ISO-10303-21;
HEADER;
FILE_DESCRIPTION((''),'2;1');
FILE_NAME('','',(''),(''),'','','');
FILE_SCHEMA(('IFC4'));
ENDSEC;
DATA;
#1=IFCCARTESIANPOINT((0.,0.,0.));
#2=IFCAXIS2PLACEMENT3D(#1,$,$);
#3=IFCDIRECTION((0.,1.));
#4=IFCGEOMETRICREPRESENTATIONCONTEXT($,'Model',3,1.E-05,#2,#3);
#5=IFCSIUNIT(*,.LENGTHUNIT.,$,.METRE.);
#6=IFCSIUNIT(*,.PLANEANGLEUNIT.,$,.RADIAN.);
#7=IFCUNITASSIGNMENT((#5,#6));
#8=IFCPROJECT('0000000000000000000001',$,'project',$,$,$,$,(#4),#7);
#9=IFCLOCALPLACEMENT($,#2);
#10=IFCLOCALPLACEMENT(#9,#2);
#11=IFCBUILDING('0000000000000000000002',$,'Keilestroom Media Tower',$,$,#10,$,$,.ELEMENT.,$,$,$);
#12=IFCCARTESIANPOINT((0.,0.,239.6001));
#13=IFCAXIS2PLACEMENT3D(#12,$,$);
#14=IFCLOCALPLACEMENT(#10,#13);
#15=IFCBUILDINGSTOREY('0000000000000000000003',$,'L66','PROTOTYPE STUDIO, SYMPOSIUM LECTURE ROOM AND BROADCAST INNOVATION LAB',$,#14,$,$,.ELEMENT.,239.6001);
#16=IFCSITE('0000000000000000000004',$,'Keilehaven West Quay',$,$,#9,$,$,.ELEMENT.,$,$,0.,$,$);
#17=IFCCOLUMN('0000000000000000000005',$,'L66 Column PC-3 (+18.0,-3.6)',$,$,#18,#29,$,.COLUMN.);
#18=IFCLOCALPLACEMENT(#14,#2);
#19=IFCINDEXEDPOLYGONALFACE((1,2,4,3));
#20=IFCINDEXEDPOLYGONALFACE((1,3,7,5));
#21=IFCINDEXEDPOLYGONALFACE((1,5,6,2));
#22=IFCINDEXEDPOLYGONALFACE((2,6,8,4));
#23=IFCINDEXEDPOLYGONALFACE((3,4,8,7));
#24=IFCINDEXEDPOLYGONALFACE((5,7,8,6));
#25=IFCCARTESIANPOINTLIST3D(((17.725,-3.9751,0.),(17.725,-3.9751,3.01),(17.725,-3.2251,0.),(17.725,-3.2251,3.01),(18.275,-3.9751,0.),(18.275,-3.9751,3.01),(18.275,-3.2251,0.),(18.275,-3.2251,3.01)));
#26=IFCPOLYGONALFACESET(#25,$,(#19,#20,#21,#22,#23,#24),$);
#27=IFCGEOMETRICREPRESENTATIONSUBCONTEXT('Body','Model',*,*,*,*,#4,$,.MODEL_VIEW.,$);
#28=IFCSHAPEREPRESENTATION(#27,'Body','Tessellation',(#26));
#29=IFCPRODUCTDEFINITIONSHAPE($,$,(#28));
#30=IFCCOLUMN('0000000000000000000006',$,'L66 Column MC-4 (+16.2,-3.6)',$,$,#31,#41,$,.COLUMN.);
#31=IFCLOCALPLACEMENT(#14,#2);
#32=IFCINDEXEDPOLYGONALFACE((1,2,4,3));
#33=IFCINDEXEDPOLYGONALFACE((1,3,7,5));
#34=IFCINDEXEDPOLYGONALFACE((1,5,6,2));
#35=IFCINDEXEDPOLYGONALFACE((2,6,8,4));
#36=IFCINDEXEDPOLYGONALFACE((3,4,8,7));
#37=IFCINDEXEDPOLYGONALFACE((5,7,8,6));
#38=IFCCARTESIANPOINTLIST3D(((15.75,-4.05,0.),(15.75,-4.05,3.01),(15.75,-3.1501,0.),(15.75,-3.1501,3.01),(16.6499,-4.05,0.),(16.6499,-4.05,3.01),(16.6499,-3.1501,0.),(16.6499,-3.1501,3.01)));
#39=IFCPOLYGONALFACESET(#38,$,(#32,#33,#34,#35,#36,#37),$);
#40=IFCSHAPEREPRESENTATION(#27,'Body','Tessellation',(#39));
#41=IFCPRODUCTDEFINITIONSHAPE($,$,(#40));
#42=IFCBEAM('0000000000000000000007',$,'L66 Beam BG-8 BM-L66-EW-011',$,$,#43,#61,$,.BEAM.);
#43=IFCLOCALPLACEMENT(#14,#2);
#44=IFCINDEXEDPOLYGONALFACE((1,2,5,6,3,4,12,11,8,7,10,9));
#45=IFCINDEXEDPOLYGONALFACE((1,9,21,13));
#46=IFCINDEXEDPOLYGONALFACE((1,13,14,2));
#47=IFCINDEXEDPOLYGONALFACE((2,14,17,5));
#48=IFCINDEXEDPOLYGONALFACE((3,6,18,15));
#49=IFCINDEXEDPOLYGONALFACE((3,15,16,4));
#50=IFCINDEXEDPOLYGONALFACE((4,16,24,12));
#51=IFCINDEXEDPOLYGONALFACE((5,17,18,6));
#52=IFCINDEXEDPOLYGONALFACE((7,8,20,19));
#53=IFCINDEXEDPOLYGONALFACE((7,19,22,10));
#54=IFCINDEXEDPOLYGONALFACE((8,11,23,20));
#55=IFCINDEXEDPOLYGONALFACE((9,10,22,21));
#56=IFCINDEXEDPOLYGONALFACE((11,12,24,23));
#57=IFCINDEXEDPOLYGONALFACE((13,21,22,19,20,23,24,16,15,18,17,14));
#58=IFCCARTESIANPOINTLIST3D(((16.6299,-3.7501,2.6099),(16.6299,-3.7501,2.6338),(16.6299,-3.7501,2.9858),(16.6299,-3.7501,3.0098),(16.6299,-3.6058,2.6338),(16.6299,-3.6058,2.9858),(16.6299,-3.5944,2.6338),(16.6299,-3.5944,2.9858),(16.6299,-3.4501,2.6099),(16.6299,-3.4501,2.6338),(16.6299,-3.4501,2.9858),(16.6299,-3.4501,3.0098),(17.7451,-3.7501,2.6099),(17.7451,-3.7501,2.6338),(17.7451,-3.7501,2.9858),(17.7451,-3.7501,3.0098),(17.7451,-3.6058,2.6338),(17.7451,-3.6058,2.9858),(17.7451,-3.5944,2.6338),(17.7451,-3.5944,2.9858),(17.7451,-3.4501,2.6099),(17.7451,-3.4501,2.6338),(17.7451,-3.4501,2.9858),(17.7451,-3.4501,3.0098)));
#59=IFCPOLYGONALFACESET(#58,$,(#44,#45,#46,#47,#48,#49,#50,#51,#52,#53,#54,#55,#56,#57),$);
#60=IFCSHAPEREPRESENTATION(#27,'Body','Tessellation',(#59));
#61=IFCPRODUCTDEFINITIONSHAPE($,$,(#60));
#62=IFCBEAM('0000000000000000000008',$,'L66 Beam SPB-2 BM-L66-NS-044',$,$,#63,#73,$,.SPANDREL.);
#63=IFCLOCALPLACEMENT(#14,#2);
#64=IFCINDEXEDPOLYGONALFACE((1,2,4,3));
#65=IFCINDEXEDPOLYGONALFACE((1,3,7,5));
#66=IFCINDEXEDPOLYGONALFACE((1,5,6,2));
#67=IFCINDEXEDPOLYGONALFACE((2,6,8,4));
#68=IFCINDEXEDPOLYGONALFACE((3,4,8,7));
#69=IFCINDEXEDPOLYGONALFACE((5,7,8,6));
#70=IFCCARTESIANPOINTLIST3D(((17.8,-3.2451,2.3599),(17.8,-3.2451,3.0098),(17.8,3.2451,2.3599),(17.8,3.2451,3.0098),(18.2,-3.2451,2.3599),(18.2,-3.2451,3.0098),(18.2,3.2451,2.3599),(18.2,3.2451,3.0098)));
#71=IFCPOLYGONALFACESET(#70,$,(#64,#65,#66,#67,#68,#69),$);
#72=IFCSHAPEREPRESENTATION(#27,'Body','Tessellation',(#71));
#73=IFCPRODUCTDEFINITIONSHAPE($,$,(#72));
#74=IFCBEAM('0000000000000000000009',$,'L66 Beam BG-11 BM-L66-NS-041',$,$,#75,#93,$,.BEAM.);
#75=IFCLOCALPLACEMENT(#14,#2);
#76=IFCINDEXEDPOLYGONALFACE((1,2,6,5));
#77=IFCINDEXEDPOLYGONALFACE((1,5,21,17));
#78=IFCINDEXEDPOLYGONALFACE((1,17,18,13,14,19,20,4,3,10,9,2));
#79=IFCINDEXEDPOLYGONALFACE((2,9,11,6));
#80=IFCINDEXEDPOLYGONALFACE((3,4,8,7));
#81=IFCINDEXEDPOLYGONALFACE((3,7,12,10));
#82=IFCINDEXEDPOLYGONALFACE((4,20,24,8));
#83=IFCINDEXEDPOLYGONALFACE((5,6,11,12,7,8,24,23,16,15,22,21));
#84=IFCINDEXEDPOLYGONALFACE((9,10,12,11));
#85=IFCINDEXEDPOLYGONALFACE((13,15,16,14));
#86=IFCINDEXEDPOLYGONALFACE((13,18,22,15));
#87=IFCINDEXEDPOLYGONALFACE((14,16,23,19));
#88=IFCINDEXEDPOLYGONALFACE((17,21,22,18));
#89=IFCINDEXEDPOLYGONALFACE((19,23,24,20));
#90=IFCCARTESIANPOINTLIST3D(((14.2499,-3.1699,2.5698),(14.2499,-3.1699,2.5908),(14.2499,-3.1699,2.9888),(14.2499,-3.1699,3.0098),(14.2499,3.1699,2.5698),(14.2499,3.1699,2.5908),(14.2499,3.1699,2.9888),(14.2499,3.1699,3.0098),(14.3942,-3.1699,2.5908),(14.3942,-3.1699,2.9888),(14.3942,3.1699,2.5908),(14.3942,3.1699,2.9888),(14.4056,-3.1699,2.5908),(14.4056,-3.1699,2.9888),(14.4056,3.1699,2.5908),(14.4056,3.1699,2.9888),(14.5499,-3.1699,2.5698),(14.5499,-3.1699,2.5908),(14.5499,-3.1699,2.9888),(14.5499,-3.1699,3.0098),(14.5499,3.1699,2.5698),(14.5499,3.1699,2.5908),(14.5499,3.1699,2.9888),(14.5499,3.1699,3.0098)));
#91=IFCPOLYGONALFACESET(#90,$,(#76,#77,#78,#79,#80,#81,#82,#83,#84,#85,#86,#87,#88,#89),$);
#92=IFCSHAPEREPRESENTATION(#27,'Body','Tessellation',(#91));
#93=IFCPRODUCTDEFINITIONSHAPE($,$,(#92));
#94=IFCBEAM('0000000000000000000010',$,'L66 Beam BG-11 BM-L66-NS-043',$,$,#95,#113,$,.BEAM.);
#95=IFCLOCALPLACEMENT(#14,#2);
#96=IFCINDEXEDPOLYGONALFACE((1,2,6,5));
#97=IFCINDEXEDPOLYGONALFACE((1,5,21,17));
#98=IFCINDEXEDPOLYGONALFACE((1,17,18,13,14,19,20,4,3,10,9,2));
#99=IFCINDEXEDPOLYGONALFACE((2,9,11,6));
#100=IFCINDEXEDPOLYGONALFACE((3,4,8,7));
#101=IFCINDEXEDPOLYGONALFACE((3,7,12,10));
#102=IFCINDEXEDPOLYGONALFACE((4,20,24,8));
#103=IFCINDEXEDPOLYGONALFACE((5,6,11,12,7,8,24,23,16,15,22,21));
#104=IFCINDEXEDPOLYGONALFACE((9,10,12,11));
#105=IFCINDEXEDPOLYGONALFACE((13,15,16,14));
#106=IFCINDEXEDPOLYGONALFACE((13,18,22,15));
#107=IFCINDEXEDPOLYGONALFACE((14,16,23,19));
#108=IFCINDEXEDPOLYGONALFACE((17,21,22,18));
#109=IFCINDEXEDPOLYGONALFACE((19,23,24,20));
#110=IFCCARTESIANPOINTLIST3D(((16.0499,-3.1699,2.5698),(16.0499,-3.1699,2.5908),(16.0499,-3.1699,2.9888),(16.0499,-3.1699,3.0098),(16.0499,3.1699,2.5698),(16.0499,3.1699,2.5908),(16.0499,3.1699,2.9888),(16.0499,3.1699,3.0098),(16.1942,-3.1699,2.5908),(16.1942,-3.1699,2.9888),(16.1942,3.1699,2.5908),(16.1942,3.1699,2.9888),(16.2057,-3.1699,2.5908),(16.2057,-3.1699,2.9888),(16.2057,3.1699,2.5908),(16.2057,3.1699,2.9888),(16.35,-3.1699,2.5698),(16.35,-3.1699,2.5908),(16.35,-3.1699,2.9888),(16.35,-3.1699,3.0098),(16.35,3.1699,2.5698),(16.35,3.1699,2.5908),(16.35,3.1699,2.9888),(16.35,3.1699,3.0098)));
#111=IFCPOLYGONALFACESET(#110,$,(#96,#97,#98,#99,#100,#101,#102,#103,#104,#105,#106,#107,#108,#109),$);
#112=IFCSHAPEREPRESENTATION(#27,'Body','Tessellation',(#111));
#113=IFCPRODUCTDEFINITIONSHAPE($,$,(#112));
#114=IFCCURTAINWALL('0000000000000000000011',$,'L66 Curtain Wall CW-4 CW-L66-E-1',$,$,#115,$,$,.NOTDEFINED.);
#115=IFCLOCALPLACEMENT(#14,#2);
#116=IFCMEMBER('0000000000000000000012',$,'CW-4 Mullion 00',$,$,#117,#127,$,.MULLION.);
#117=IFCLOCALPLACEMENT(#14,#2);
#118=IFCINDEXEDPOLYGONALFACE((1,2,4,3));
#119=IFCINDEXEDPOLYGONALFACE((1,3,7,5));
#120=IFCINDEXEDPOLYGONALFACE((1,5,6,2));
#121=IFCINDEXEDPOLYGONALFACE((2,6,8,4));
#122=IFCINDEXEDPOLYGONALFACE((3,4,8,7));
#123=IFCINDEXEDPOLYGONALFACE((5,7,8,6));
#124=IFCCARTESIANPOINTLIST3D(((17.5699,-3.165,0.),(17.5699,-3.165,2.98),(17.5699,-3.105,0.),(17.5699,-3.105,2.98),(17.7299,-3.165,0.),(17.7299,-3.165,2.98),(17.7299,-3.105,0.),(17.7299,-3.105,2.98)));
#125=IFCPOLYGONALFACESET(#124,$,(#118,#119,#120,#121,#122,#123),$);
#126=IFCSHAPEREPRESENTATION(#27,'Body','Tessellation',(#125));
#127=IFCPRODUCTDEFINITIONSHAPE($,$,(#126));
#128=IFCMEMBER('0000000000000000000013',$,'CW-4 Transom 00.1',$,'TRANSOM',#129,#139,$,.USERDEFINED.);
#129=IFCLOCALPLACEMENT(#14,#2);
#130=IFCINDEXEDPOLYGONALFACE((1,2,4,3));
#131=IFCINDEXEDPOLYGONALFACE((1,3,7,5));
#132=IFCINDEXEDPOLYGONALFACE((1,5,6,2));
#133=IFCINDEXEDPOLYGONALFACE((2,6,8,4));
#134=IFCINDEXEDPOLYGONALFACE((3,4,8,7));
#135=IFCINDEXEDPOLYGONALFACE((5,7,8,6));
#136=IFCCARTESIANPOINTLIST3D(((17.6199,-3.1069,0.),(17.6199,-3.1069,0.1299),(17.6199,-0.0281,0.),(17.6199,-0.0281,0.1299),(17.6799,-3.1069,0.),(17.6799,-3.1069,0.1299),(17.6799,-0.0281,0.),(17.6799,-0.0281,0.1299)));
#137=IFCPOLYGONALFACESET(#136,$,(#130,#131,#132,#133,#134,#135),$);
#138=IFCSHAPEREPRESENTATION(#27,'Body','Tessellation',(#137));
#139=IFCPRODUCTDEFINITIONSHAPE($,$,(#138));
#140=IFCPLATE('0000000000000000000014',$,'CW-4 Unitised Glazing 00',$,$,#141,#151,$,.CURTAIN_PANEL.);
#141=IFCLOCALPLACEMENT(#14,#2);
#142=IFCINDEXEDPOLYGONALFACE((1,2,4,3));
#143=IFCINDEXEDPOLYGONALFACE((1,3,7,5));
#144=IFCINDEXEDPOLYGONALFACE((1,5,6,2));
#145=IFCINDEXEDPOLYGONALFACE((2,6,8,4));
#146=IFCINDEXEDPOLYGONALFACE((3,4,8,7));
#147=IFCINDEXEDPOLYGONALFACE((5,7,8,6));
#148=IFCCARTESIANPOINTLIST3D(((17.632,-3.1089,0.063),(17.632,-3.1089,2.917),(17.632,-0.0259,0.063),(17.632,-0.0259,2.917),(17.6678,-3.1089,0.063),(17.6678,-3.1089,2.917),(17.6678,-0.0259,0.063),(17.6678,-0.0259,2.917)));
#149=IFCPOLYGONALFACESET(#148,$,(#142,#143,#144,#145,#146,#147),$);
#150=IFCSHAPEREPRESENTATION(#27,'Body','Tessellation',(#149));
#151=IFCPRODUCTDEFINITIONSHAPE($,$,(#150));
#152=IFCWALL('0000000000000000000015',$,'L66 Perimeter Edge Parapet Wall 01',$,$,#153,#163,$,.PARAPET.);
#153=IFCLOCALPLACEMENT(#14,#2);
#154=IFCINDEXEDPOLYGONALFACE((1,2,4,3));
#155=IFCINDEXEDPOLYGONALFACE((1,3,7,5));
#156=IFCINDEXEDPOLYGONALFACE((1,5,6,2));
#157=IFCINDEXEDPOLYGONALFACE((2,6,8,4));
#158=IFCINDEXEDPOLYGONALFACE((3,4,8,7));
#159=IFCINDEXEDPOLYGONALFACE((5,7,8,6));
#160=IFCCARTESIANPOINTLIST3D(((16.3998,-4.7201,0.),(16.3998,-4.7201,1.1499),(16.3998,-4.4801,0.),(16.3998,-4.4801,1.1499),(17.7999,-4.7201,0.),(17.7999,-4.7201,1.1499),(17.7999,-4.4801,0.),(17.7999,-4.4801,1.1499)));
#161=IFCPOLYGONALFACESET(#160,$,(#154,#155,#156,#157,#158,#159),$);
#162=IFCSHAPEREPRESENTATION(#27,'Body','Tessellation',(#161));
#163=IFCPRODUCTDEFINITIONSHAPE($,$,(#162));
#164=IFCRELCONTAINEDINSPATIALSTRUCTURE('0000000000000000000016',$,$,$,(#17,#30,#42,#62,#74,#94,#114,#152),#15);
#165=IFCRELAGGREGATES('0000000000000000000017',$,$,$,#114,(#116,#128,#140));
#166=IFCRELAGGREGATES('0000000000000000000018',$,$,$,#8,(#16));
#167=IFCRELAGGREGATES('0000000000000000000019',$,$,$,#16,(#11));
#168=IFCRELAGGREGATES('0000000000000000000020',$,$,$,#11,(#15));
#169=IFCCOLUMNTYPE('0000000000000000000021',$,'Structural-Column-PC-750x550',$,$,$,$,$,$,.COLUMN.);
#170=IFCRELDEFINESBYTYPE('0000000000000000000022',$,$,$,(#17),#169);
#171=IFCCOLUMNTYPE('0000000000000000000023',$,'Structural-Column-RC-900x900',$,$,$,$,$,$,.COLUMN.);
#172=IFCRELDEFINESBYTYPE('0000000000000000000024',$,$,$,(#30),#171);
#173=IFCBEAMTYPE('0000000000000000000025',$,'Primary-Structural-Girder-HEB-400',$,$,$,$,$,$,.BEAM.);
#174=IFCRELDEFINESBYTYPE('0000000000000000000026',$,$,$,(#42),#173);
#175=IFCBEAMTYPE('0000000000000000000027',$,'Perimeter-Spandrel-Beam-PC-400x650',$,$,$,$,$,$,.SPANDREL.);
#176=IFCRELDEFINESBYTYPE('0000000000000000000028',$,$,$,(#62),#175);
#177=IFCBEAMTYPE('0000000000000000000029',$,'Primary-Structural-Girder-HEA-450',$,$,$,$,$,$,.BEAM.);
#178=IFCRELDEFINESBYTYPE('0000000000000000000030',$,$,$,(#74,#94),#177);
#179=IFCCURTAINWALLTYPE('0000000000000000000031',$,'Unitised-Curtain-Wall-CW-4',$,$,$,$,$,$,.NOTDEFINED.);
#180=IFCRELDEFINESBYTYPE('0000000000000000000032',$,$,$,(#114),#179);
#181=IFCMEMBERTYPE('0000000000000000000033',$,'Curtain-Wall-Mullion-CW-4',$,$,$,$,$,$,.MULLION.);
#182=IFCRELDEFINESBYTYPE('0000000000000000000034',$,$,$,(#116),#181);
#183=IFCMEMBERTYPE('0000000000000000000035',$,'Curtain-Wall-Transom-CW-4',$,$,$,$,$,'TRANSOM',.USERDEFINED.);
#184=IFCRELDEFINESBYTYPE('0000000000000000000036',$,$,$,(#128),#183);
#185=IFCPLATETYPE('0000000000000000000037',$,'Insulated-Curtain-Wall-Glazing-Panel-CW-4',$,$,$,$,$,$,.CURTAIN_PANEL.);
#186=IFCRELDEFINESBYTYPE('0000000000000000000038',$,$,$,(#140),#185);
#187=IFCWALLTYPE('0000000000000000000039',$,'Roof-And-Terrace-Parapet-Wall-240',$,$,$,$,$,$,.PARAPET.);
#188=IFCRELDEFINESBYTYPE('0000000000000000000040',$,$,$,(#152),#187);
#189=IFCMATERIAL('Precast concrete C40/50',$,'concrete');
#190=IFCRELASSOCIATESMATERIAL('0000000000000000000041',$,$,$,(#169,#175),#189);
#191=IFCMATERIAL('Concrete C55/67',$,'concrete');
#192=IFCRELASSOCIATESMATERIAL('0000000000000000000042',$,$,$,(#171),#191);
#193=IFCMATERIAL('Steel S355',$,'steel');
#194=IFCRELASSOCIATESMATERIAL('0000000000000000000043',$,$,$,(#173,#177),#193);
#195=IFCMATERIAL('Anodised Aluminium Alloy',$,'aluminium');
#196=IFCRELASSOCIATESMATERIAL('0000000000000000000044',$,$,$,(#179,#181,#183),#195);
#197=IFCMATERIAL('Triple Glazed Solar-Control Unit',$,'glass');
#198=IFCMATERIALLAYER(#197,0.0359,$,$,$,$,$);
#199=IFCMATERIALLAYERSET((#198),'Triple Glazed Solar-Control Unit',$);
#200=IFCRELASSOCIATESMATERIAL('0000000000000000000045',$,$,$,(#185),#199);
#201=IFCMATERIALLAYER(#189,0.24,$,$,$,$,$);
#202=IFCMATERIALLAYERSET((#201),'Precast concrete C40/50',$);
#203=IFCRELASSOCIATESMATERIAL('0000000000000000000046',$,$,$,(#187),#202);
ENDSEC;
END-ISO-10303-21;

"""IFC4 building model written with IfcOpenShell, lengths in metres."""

from ifc_helpers import new_model, si_unit, direction, frame, frame_2d, origin, origin_2d, place, context, subcontext, project, spatial, rectangle, i_section, extrude, source, transform, mapped, material, layer, layer_set, material_profile, profile_set, type_object, element, aggregate, save


model = new_model("IFC4")

# Units and contexts
model_context = context("Model", 3, precision=1e-05, world=origin(), true_north=direction((0.0, 1.0)))
body_context = subcontext(model_context, "Body", "Model", "MODEL_VIEW")
ifc_project = project(units=[si_unit("LENGTHUNIT", "METRE"), si_unit("PLANEANGLEUNIT", "RADIAN")], contexts=[model_context])

# Site, building, storey
site_placement = place(None, origin())
site = spatial("IfcSite", under=ifc_project, at=site_placement, Name="Keilehaven West Quay", CompositionType="ELEMENT", RefElevation=0.0)
building_placement = place(site_placement, origin())
building = spatial("IfcBuilding", under=site, at=building_placement, Name="Keilestroom Media Tower", CompositionType="ELEMENT")
storey_placement = place(building_placement, frame((0.0, 0.0, 239.6001)))
storey = spatial("IfcBuildingStorey", under=building, at=storey_placement, Name="L66", Description="PROTOTYPE STUDIO, SYMPOSIUM LECTURE ROOM AND BROADCAST INNOVATION LAB", CompositionType="ELEMENT", Elevation=239.6001)

# Columns
ifc_material_1 = material(Name="Precast concrete C40/50", Category="concrete")
ifc_material_profile_1 = material_profile(ifc_material_1, rectangle(XDim=0.55, YDim=0.75, at=origin_2d()), Name="PC 750x550")
ifc_profile_set_1 = profile_set([ifc_material_profile_1], Name="Precast concrete C40/50")
column_type_1 = type_object("IfcColumnType", Name="Structural-Column-PC-750x550", PredefinedType="COLUMN", material=ifc_profile_set_1)
shared_shape_1 = source(origin(), body_context, "Body", "SweptSolid", [
    extrude(rectangle(XDim=0.55, YDim=0.75, at=origin_2d()), origin(), (0.0, 0.0, 1.0), 3.01),
])
column_1_placement = place(storey_placement, frame((18.0, -3.6001, 0.0), z_axis=(0.0, 0.0, 1.0), x_axis=(1.0, 0.0, 0.0)))
element("IfcColumn", 1, at=column_1_placement, inside=storey, type_object=column_type_1, Name="L66 Column PC-3 (+18.0,-3.6)", PredefinedType="COLUMN", context=body_context, shape_type="MappedRepresentation", body=[
    mapped(shared_shape_1, transform((0.0, 0.0, 0.0), x_axis=(1.0, 0.0, 0.0), y_axis=(0.0, 1.0, 0.0), z_axis=(0.0, 0.0, 1.0), scale=1.0)),
])
ifc_material_2 = material(Name="Concrete C55/67", Category="concrete")
ifc_material_profile_2 = material_profile(ifc_material_2, rectangle(XDim=0.8999, YDim=0.8999, at=origin_2d()), Name="RC 900x900")
ifc_profile_set_2 = profile_set([ifc_material_profile_2], Name="Concrete C55/67")
column_type_2 = type_object("IfcColumnType", Name="Structural-Column-RC-900x900", PredefinedType="COLUMN", material=ifc_profile_set_2)
shared_shape_2 = source(origin(), body_context, "Body", "SweptSolid", [
    extrude(rectangle(XDim=0.8999, YDim=0.8999, at=origin_2d()), origin(), (0.0, 0.0, 1.0), 3.01),
])
column_2_placement = place(storey_placement, frame((16.2, -3.6001, 0.0), z_axis=(0.0, 0.0, 1.0), x_axis=(1.0, 0.0, 0.0)))
element("IfcColumn", 2, at=column_2_placement, inside=storey, type_object=column_type_2, Name="L66 Column MC-4 (+16.2,-3.6)", PredefinedType="COLUMN", context=body_context, shape_type="MappedRepresentation", body=[
    mapped(shared_shape_2, transform((0.0, 0.0, 0.0), x_axis=(1.0, 0.0, 0.0), y_axis=(0.0, 1.0, 0.0), z_axis=(0.0, 0.0, 1.0), scale=1.0)),
])

# Beams
ifc_material_3 = material(Name="Steel S355", Category="steel")
ifc_material_profile_3 = material_profile(ifc_material_3, i_section(OverallWidth=0.3, OverallDepth=0.3999, WebThickness=0.0115, FlangeThickness=0.0239, at=origin_2d()), Name="HEB 400")
ifc_profile_set_3 = profile_set([ifc_material_profile_3], Name="Steel S355")
beam_type_1 = type_object("IfcBeamType", Name="Primary-Structural-Girder-HEB-400", PredefinedType="BEAM", material=ifc_profile_set_3)
shared_shape_3 = source(origin(), body_context, "Body", "SweptSolid", [
    extrude(i_section(OverallWidth=0.3, OverallDepth=0.3999, WebThickness=0.0115, FlangeThickness=0.0239, at=origin_2d()), origin(), (0.0, 0.0, 1.0), 1.1152),
])
beam_1_placement = place(storey_placement, frame((16.6299, -3.6001, 2.8098), z_axis=(1.0, 0.0, 0.0), x_axis=(0.0, 1.0, 0.0)))
element("IfcBeam", 3, at=beam_1_placement, inside=storey, type_object=beam_type_1, Name="L66 Beam BG-8 BM-L66-EW-011", PredefinedType="BEAM", context=body_context, shape_type="MappedRepresentation", body=[
    mapped(shared_shape_3, transform((0.0, 0.0, 0.0), x_axis=(1.0, 0.0, 0.0), y_axis=(0.0, 1.0, 0.0), z_axis=(0.0, 0.0, 1.0), scale=1.0)),
])
ifc_material_profile_4 = material_profile(ifc_material_1, rectangle(XDim=0.3999, YDim=0.6499, at=origin_2d()), Name="PC 400x650")
ifc_profile_set_4 = profile_set([ifc_material_profile_4], Name="Precast concrete C40/50")
beam_type_2 = type_object("IfcBeamType", Name="Perimeter-Spandrel-Beam-PC-400x650", PredefinedType="SPANDREL", material=ifc_profile_set_4)
shared_shape_4 = source(origin(), body_context, "Body", "SweptSolid", [
    extrude(rectangle(XDim=0.3999, YDim=0.6499, at=origin_2d()), origin(), (0.0, 0.0, 1.0), 6.4902),
])
beam_2_placement = place(storey_placement, frame((18.0, -3.2451, 2.6848), z_axis=(0.0, 1.0, 0.0), x_axis=(-1.0, 0.0, 0.0)))
element("IfcBeam", 4, at=beam_2_placement, inside=storey, type_object=beam_type_2, Name="L66 Beam SPB-2 BM-L66-NS-044", PredefinedType="SPANDREL", context=body_context, shape_type="MappedRepresentation", body=[
    mapped(shared_shape_4, transform((0.0, 0.0, 0.0), x_axis=(1.0, 0.0, 0.0), y_axis=(0.0, 1.0, 0.0), z_axis=(0.0, 0.0, 1.0), scale=1.0)),
])
ifc_material_profile_5 = material_profile(ifc_material_3, i_section(OverallWidth=0.3, OverallDepth=0.4399, WebThickness=0.0115, FlangeThickness=0.021, at=origin_2d()), Name="HEA 450")
ifc_profile_set_5 = profile_set([ifc_material_profile_5], Name="Steel S355")
beam_type_3 = type_object("IfcBeamType", Name="Primary-Structural-Girder-HEA-450", PredefinedType="BEAM", material=ifc_profile_set_5)
shared_shape_5 = source(origin(), body_context, "Body", "SweptSolid", [
    extrude(i_section(OverallWidth=0.3, OverallDepth=0.4399, WebThickness=0.0115, FlangeThickness=0.021, at=origin_2d()), origin(), (0.0, 0.0, 1.0), 6.3398),
])
for number, where, z_axis, x_axis, name in (
    (5, (14.3999, -3.1699, 2.7898), (0.0, 1.0, 0.0), (-1.0, 0.0, 0.0), "L66 Beam BG-11 BM-L66-NS-041"),
    (6, (16.2, -3.1699, 2.7898), (0.0, 1.0, 0.0), (-1.0, 0.0, 0.0), "L66 Beam BG-11 BM-L66-NS-043"),
):
    element("IfcBeam", number, at=place(storey_placement, frame(where, z_axis=z_axis, x_axis=x_axis)), inside=storey, type_object=beam_type_3, Name=name, PredefinedType="BEAM", context=body_context, shape_type="MappedRepresentation", body=[
        mapped(shared_shape_5, transform((0.0, 0.0, 0.0), x_axis=(1.0, 0.0, 0.0), y_axis=(0.0, 1.0, 0.0), z_axis=(0.0, 0.0, 1.0), scale=1.0)),
    ])

# Curtain wall, members, plate
ifc_material_4 = material(Name="Anodised Aluminium Alloy", Category="aluminium")
curtain_wall_type = type_object("IfcCurtainWallType", Name="Unitised-Curtain-Wall-CW-4", PredefinedType="NOTDEFINED", material=ifc_material_4)
curtain_wall_placement = place(storey_placement, origin())
curtain_wall = element("IfcCurtainWall", 7, at=curtain_wall_placement, inside=storey, type_object=curtain_wall_type, Name="L66 Curtain Wall CW-4 CW-L66-E-1", PredefinedType="NOTDEFINED")
ifc_material_profile_6 = material_profile(ifc_material_4, rectangle(XDim=0.0601, YDim=0.1599, at=origin_2d()), Name="ALU MULLION 60x160")
ifc_profile_set_6 = profile_set([ifc_material_profile_6], Name="Anodised Aluminium Alloy")
member_type_1 = type_object("IfcMemberType", Name="Curtain-Wall-Mullion-CW-4", PredefinedType="MULLION", material=ifc_profile_set_6)
shared_shape_6 = source(origin(), body_context, "Body", "SweptSolid", [
    extrude(rectangle(XDim=0.0601, YDim=0.1599, at=origin_2d()), origin(), (0.0, 0.0, 1.0), 2.98),
])
member_1_placement = place(storey_placement, frame((17.6499, -3.135, 0.0), z_axis=(0.0, 0.0, 1.0), x_axis=(0.0, 1.0, 0.0)))
member_1 = element("IfcMember", 8, at=member_1_placement, type_object=member_type_1, Name="CW-4 Mullion 00", PredefinedType="MULLION", context=body_context, shape_type="MappedRepresentation", body=[
    mapped(shared_shape_6, transform((0.0, 0.0, 0.0), x_axis=(1.0, 0.0, 0.0), y_axis=(0.0, 1.0, 0.0), z_axis=(0.0, 0.0, 1.0), scale=1.0)),
])
ifc_material_profile_7 = material_profile(ifc_material_4, rectangle(XDim=0.0601, YDim=0.1299, at=origin_2d()), Name="ALU TRANSOM 60x130")
ifc_profile_set_7 = profile_set([ifc_material_profile_7], Name="Anodised Aluminium Alloy")
member_type_2 = type_object("IfcMemberType", Name="Curtain-Wall-Transom-CW-4", ElementType="TRANSOM", PredefinedType="USERDEFINED", material=ifc_profile_set_7)
shared_shape_7 = source(origin(), body_context, "Body", "SweptSolid", [
    extrude(rectangle(XDim=0.0601, YDim=0.1299, at=origin_2d()), origin(), (0.0, 0.0, 1.0), 3.0789),
])
member_2_placement = place(storey_placement, frame((17.6499, -3.1069, 0.0649), z_axis=(0.0, 1.0, 0.0), x_axis=(-1.0, 0.0, 0.0)))
member_2 = element("IfcMember", 9, at=member_2_placement, type_object=member_type_2, Name="CW-4 Transom 00.1", ObjectType="TRANSOM", PredefinedType="USERDEFINED", context=body_context, shape_type="MappedRepresentation", body=[
    mapped(shared_shape_7, transform((0.0, 0.0, 0.0), x_axis=(1.0, 0.0, 0.0), y_axis=(0.0, 1.0, 0.0), z_axis=(0.0, 0.0, 1.0), scale=1.0)),
])
ifc_material_5 = material(Name="Triple Glazed Solar-Control Unit", Category="glass")
ifc_layer_1 = layer(ifc_material_5, 0.0359)
ifc_layer_set_1 = layer_set([ifc_layer_1], Name="Triple Glazed Solar-Control Unit")
plate_type = type_object("IfcPlateType", Name="Insulated-Curtain-Wall-Glazing-Panel-CW-4", PredefinedType="CURTAIN_PANEL", material=ifc_layer_set_1)
shared_shape_8 = source(origin(), body_context, "Body", "SweptSolid", [
    extrude(rectangle(XDim=3.083, YDim=0.0359, at=origin_2d()), origin(), (0.0, 0.0, 1.0), 2.854),
])
plate_placement = place(storey_placement, frame((17.6499, -1.5674, 0.063), z_axis=(0.0, 0.0, 1.0), x_axis=(0.0, 1.0, 0.0)))
plate = element("IfcPlate", 10, at=plate_placement, type_object=plate_type, Name="CW-4 Unitised Glazing 00", PredefinedType="CURTAIN_PANEL", context=body_context, shape_type="MappedRepresentation", body=[
    mapped(shared_shape_8, transform((0.0, 0.0, 0.0), x_axis=(1.0, 0.0, 0.0), y_axis=(0.0, 1.0, 0.0), z_axis=(0.0, 0.0, 1.0), scale=1.0)),
])
aggregate(curtain_wall, [member_1, member_2, plate])

# Wall
ifc_layer_2 = layer(ifc_material_1, 0.24)
ifc_layer_set_2 = layer_set([ifc_layer_2], Name="Precast concrete C40/50")
wall_type = type_object("IfcWallType", Name="Roof-And-Terrace-Parapet-Wall-240", PredefinedType="PARAPET", material=ifc_layer_set_2)
wall_1_placement = place(storey_placement, frame((17.8, -4.6001, 0.0), z_axis=(0.0, 0.0, 1.0), x_axis=(-1.0, 0.0, 0.0)))
element("IfcWall", 11, at=wall_1_placement, inside=storey, type_object=wall_type, Name="L66 Perimeter Edge Parapet Wall 01", PredefinedType="PARAPET", context=body_context, shape_type="SweptSolid", body=[
    extrude(rectangle(XDim=1.4001, YDim=0.24, at=frame_2d((0.7002, 0.0))), origin(), (0.0, 0.0, 1.0), 1.1499),
])

save(model, "model.ifc")
